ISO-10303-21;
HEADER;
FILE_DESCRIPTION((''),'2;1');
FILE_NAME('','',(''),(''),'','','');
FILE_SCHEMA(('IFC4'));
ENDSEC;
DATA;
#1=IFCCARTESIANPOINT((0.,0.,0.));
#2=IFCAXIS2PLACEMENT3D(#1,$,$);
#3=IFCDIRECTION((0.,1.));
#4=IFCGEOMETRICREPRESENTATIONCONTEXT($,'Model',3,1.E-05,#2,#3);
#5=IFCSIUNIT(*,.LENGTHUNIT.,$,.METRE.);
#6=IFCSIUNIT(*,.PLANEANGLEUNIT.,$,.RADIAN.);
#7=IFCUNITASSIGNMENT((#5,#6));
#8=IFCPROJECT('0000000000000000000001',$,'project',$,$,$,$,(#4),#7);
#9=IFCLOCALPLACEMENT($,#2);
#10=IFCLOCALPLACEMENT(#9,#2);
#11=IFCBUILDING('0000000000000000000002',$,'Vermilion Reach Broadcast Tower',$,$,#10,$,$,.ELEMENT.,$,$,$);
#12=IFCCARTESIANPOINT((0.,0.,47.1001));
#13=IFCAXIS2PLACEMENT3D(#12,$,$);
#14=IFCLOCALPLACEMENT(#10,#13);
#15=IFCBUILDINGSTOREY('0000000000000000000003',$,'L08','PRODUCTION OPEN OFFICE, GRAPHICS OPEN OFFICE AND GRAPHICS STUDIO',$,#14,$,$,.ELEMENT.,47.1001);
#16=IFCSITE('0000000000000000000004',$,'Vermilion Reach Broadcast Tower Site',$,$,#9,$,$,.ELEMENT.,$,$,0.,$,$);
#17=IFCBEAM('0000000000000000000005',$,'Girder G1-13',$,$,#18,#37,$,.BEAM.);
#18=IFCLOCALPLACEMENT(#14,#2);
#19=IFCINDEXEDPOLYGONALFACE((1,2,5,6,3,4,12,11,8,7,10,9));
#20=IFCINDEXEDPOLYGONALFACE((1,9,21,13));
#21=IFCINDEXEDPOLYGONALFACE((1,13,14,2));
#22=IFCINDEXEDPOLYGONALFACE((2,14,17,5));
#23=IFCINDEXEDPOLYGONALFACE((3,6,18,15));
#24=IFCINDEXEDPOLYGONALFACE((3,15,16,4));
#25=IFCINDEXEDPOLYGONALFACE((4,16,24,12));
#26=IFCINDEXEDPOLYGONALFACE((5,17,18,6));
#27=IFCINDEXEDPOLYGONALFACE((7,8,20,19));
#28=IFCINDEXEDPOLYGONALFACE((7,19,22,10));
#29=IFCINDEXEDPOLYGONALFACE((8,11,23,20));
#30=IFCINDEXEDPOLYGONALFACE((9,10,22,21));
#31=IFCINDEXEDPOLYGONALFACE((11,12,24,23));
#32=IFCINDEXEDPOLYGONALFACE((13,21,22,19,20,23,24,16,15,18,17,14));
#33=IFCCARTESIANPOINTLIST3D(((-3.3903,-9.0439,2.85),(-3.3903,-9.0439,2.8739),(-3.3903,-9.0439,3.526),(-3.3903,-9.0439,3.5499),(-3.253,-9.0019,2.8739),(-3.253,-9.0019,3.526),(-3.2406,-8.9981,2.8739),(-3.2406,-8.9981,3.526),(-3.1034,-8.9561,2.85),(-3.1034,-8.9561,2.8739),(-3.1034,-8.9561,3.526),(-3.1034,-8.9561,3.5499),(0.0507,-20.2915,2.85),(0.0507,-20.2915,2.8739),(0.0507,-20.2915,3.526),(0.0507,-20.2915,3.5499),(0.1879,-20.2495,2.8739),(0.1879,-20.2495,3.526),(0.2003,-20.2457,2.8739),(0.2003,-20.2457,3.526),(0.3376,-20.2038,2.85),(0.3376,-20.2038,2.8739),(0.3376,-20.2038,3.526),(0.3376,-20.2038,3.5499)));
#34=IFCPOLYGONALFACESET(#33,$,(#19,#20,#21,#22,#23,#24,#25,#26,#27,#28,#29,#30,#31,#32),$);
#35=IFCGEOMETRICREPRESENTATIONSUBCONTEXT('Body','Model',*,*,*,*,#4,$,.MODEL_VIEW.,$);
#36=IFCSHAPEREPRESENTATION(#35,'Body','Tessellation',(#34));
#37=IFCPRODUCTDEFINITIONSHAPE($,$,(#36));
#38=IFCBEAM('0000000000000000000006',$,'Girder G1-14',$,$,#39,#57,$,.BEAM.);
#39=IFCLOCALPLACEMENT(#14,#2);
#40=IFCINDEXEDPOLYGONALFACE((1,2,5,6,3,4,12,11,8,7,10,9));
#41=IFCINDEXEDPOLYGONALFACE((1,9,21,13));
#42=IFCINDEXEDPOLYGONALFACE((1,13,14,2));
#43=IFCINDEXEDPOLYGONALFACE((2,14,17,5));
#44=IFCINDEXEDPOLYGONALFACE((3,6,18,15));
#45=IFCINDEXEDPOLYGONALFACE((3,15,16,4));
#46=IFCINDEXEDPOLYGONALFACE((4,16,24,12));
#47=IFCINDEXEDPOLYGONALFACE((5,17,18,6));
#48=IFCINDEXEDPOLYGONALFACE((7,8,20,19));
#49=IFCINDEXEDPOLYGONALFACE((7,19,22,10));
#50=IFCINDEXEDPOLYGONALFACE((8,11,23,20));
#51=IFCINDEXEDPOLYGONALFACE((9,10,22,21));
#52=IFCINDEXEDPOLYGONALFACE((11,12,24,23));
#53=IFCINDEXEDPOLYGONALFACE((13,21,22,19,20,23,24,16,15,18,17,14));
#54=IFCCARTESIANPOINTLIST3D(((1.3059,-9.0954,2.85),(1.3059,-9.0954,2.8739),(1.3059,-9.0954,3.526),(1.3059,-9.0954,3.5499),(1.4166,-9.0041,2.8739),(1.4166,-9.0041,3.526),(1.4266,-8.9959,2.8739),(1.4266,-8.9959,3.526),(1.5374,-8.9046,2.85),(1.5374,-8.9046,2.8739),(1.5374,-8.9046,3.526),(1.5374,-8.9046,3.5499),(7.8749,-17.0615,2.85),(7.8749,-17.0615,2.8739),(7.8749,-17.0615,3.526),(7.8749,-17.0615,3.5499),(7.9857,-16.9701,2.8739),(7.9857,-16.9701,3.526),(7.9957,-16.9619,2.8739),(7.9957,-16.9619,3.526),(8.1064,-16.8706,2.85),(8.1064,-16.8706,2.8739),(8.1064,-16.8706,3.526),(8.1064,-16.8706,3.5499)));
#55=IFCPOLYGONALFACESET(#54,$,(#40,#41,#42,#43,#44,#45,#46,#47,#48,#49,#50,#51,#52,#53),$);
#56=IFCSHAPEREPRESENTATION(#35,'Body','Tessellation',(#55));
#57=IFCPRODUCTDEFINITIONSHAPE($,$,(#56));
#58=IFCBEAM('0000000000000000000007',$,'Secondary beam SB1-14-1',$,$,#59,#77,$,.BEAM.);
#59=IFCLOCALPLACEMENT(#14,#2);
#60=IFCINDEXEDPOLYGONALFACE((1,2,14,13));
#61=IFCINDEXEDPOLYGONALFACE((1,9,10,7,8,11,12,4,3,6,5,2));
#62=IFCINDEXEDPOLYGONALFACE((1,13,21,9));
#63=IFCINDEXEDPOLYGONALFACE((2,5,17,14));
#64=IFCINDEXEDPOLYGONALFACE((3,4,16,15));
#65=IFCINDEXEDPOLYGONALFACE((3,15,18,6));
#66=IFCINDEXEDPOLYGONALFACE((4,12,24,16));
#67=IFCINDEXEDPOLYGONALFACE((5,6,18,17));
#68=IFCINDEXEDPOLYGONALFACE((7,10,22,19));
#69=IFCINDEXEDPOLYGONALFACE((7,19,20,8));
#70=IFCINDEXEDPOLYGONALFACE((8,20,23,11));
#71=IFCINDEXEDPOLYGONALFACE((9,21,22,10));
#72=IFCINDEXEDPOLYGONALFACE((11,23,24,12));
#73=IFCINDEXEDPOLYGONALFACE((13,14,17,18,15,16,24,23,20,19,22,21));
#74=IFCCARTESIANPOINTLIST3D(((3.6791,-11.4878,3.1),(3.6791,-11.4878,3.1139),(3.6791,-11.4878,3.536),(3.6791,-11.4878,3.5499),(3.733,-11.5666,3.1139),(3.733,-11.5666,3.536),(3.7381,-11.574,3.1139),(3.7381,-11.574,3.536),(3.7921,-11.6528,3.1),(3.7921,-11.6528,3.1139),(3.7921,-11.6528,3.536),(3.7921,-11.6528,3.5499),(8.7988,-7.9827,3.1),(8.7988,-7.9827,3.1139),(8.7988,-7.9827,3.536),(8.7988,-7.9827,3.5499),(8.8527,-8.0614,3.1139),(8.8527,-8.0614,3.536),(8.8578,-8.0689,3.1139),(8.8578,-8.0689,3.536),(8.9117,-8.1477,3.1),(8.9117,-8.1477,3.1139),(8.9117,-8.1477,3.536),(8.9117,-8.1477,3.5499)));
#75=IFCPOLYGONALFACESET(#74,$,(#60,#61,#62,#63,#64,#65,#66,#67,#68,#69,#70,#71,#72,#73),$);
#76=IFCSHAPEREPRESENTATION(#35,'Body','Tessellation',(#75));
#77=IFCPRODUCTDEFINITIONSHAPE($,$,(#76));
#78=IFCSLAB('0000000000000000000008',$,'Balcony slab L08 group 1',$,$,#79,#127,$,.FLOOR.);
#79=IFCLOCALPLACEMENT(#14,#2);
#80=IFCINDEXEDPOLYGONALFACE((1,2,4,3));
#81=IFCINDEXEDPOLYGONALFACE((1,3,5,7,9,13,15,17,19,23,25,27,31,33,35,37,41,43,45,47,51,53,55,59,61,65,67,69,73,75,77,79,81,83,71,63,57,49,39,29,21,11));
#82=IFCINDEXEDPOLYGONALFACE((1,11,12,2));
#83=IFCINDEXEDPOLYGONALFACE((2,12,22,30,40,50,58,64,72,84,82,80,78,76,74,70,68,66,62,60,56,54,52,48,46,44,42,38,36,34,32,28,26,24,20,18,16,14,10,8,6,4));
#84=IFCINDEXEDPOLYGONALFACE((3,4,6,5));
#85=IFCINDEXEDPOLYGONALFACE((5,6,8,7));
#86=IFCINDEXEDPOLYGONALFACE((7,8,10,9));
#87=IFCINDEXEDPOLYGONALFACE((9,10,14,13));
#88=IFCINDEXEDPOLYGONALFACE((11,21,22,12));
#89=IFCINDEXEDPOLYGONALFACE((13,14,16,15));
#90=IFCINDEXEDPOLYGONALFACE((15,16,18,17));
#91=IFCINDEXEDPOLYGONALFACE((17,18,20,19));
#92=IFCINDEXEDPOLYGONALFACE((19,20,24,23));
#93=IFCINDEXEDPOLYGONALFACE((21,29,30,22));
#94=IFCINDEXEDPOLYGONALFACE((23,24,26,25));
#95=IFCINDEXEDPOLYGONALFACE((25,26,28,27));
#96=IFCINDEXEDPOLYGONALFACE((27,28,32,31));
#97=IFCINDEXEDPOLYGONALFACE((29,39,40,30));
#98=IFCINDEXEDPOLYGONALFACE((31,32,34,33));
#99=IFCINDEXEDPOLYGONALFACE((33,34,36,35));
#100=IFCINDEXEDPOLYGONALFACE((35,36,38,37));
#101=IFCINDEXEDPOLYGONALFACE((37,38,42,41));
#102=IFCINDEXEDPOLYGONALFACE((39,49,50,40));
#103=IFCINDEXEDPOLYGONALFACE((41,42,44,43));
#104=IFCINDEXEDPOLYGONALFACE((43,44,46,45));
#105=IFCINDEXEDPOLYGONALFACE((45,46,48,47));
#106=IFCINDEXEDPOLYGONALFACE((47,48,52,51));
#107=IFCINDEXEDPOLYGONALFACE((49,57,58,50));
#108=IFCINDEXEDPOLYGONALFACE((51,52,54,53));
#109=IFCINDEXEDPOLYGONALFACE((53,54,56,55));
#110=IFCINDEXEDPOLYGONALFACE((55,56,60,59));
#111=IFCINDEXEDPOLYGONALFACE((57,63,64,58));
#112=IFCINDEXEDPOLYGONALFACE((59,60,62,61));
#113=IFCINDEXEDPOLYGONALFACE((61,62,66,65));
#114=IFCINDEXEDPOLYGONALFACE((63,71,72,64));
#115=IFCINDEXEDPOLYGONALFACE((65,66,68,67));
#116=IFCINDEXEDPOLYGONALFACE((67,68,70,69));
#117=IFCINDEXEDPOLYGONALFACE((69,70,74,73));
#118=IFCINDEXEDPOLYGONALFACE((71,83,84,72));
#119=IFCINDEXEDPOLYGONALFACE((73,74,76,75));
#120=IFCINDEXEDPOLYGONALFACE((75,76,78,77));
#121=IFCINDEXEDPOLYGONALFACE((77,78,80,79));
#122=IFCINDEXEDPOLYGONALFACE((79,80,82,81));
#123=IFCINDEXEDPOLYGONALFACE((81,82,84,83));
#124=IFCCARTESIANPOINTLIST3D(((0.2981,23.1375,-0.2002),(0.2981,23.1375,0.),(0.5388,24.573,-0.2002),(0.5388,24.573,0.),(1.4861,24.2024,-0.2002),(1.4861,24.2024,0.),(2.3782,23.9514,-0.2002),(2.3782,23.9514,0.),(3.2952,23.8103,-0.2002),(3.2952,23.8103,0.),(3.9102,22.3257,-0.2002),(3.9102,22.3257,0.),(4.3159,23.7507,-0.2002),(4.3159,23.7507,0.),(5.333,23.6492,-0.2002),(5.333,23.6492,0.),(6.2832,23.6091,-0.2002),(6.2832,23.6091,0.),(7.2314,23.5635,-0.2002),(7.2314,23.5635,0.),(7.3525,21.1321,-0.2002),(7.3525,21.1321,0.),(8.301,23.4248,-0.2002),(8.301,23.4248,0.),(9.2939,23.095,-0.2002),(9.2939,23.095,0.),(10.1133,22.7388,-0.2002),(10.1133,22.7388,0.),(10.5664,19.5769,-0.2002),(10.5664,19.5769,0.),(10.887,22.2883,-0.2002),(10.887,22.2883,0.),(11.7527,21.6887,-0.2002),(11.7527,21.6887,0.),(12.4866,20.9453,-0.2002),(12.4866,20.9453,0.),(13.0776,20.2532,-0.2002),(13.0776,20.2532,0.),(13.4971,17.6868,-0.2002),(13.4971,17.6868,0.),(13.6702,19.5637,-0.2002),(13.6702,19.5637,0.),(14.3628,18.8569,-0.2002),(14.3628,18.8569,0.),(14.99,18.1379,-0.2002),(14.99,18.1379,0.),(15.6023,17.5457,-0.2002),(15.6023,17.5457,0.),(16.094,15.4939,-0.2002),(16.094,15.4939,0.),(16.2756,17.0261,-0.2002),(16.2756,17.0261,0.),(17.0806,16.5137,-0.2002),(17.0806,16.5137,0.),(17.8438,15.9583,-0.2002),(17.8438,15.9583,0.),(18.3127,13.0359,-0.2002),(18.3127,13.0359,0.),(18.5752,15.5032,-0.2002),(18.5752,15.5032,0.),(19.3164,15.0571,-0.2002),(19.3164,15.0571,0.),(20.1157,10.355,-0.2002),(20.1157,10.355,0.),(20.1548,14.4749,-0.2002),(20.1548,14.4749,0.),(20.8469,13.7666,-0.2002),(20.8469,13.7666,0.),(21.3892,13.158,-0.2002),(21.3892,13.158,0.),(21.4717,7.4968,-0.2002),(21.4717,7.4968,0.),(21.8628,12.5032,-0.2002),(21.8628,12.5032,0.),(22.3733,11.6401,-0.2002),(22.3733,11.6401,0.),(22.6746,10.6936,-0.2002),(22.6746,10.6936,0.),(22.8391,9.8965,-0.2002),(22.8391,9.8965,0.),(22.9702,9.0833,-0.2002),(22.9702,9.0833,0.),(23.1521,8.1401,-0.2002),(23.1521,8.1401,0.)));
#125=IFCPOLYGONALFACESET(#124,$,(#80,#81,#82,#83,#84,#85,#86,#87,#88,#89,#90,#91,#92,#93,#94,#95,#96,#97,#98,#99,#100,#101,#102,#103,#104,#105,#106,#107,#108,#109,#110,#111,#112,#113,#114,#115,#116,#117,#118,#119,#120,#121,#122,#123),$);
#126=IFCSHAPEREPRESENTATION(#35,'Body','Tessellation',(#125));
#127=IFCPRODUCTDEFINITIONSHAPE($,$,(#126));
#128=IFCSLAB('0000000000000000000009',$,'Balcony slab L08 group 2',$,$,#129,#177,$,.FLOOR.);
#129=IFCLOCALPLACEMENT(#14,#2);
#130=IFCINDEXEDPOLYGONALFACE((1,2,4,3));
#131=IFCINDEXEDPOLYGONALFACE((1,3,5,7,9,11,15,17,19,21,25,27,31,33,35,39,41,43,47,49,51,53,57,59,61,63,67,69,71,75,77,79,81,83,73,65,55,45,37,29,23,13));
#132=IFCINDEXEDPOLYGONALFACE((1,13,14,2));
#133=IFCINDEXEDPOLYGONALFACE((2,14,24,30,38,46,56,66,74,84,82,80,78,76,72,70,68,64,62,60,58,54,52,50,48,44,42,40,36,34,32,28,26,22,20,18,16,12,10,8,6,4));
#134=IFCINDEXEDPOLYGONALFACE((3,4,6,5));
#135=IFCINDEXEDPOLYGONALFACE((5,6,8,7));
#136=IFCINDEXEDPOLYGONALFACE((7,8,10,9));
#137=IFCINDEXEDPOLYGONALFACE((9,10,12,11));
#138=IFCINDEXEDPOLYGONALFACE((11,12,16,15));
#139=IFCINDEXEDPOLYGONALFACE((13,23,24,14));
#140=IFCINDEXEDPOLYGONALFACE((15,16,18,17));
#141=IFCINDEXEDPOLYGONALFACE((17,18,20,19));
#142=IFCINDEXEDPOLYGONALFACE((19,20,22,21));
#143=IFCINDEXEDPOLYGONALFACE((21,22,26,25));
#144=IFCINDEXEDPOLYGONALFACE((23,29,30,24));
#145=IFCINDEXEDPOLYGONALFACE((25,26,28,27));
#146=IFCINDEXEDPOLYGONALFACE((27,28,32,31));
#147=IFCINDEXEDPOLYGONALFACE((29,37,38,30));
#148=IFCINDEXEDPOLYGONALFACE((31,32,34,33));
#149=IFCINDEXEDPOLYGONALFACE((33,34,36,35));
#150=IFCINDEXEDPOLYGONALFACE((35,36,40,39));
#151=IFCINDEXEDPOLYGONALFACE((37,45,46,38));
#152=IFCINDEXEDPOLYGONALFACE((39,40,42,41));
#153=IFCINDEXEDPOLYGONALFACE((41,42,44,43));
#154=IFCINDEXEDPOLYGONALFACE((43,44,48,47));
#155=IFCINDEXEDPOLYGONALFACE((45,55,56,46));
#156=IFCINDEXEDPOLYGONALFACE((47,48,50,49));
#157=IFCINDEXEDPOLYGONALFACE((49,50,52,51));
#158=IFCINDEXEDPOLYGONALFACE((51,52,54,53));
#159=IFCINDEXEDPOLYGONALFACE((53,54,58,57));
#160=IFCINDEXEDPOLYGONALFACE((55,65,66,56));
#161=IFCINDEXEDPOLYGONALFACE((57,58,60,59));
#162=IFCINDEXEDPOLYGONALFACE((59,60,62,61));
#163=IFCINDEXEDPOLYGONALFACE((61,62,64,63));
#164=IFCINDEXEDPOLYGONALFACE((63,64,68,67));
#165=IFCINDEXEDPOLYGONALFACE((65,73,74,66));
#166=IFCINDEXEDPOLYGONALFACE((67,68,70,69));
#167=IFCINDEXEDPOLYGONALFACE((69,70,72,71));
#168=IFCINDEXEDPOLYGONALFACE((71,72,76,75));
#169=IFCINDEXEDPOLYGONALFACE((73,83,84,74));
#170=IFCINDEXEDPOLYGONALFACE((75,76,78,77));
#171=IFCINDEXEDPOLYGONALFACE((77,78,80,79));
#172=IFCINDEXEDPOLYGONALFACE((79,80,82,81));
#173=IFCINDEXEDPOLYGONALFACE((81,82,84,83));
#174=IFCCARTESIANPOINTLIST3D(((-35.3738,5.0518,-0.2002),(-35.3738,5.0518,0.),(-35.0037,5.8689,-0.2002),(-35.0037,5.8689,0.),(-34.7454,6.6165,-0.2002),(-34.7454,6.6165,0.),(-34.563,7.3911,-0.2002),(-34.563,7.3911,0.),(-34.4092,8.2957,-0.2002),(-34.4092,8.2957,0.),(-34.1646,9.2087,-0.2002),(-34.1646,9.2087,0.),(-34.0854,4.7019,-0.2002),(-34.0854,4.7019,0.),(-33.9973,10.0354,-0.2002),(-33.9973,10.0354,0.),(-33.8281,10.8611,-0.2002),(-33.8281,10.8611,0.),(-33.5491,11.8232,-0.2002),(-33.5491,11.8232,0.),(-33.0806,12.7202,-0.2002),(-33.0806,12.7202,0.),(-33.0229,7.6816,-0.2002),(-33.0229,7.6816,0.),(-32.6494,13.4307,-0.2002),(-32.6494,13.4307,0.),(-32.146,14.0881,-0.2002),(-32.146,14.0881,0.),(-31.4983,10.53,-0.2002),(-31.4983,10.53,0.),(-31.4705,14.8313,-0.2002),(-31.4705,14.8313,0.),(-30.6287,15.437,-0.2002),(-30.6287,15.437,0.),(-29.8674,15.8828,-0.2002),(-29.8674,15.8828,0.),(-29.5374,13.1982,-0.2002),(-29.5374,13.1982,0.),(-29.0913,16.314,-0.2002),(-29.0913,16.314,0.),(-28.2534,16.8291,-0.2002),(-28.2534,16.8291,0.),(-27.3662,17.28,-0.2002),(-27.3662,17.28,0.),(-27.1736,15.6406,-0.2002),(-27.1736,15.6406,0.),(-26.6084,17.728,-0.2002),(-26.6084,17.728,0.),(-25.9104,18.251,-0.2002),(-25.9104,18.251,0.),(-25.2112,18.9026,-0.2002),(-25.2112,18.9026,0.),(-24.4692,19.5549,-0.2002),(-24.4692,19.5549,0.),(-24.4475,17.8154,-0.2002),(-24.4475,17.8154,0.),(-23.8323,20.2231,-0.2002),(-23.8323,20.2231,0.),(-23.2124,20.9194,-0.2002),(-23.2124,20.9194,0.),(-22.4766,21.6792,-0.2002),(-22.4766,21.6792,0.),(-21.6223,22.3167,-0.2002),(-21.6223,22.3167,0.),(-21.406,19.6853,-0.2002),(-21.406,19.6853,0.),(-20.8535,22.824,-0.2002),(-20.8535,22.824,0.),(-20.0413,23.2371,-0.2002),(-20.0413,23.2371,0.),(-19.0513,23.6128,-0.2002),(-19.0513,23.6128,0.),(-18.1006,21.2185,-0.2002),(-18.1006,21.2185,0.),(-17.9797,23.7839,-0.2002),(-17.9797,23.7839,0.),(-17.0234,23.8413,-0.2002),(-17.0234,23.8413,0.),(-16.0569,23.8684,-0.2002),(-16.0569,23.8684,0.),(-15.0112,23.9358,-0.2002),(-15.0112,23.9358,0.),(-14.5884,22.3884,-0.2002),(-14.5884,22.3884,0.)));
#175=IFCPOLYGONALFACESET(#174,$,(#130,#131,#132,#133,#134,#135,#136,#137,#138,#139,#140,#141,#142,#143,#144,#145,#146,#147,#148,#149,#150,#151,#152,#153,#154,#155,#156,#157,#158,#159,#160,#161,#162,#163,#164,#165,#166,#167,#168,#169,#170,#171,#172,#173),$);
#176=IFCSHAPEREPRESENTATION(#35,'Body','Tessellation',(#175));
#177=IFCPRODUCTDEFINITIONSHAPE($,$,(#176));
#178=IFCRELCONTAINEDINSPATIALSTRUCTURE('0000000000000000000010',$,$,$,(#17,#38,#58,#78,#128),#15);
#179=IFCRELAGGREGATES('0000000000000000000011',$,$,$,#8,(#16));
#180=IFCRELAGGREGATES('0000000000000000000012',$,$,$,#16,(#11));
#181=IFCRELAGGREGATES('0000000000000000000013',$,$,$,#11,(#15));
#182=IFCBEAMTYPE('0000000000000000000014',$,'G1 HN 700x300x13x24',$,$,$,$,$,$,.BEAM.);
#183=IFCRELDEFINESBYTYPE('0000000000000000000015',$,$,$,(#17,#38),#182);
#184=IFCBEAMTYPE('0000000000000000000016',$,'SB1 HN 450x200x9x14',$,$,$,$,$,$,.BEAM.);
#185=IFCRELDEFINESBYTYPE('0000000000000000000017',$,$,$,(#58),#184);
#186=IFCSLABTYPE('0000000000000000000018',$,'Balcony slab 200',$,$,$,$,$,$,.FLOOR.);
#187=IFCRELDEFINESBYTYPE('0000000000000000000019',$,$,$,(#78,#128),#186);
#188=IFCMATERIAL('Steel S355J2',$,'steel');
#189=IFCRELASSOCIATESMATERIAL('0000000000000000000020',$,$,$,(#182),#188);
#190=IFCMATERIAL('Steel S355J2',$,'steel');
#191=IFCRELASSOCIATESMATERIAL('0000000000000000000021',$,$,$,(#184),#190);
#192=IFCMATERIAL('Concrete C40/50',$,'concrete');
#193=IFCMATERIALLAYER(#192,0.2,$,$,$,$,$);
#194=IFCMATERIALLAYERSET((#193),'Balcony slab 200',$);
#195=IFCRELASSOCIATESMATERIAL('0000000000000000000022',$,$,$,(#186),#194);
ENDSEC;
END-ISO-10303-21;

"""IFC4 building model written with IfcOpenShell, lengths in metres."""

from ifc_helpers import new_model, si_unit, direction, frame, origin, origin_2d, place, context, subcontext, project, spatial, polyline, i_section, outline, extrude, material, layer, layer_set, material_profile, profile_set, type_object, element, save


model = new_model("IFC4")

# Units and contexts
model_context = context("Model", 3, precision=1e-05, world=origin(), true_north=direction((0.0, 1.0)))
body_context = subcontext(model_context, "Body", "Model", "MODEL_VIEW")
ifc_project = project(units=[si_unit("LENGTHUNIT", "METRE"), si_unit("PLANEANGLEUNIT", "RADIAN")], contexts=[model_context])

# Site, building, storey
site_placement = place(None, origin())
site = spatial("IfcSite", under=ifc_project, at=site_placement, Name="Vermilion Reach Broadcast Tower Site", CompositionType="ELEMENT", RefElevation=0.0)
building_placement = place(site_placement, origin())
building = spatial("IfcBuilding", under=site, at=building_placement, Name="Vermilion Reach Broadcast Tower", CompositionType="ELEMENT")
storey_placement = place(building_placement, frame((0.0, 0.0, 47.1001)))
storey = spatial("IfcBuildingStorey", under=building, at=storey_placement, Name="L08", Description="PRODUCTION OPEN OFFICE, GRAPHICS OPEN OFFICE AND GRAPHICS STUDIO", CompositionType="ELEMENT", Elevation=47.1001)

# Beams
ifc_material_1 = material(Name="Steel S355J2", Category="steel")
ifc_material_profile_1 = material_profile(ifc_material_1, i_section(OverallWidth=0.3, OverallDepth=0.7, WebThickness=0.0129, FlangeThickness=0.0239, at=origin_2d()), Name="S355J2 HN 700x300x13x24")
ifc_profile_set_1 = profile_set([ifc_material_profile_1], Name="Steel S355J2")
beam_type_1 = type_object("IfcBeamType", Name="G1 HN 700x300x13x24", PredefinedType="BEAM", material=ifc_profile_set_1)
beam_1_placement = place(storey_placement, frame((-3.2468, -9.0, 3.2), z_axis=(0.292542, -0.956253, 0.0), x_axis=(0.956253, 0.292542, 0.0)))
element("IfcBeam", 1, at=beam_1_placement, inside=storey, type_object=beam_type_1, Name="Girder G1-13", PredefinedType="BEAM", context=body_context, shape_type="SweptSolid", body=[
    extrude(i_section(OverallWidth=0.3, OverallDepth=0.7, WebThickness=0.0129, FlangeThickness=0.0239, at=origin_2d()), origin(), (0.0, 0.0, 1.0), 11.7622),
])
beam_2_placement = place(storey_placement, frame((1.4216, -9.0, 3.2), z_axis=(0.636215, -0.771512, 0.0), x_axis=(0.771512, 0.636215, 0.0)))
element("IfcBeam", 2, at=beam_2_placement, inside=storey, type_object=beam_type_1, Name="Girder G1-14", PredefinedType="BEAM", context=body_context, shape_type="SweptSolid", body=[
    extrude(i_section(OverallWidth=0.3, OverallDepth=0.7, WebThickness=0.0129, FlangeThickness=0.0239, at=origin_2d()), origin(), (0.0, 0.0, 1.0), 10.3252),
])
ifc_material_2 = material(Name="Steel S355J2", Category="steel")
ifc_material_profile_2 = material_profile(ifc_material_2, i_section(OverallWidth=0.2, OverallDepth=0.45, WebThickness=0.009, FlangeThickness=0.0139, at=origin_2d()), Name="S355J2 HN 450x200x9x14")
ifc_profile_set_2 = profile_set([ifc_material_profile_2], Name="Steel S355J2")
beam_type_2 = type_object("IfcBeamType", Name="SB1 HN 450x200x9x14", PredefinedType="BEAM", material=ifc_profile_set_2)
beam_3_placement = place(storey_placement, frame((3.7356, -11.5703, 3.325), z_axis=(0.82514, 0.564928, 0.0), x_axis=(-0.564928, 0.82514, 0.0)))
element("IfcBeam", 3, at=beam_3_placement, inside=storey, type_object=beam_type_2, Name="Secondary beam SB1-14-1", PredefinedType="BEAM", context=body_context, shape_type="SweptSolid", body=[
    extrude(i_section(OverallWidth=0.2, OverallDepth=0.45, WebThickness=0.009, FlangeThickness=0.0139, at=origin_2d()), origin(), (0.0, 0.0, 1.0), 6.2046),
])

# Slabs
ifc_material_3 = material(Name="Concrete C40/50", Category="concrete")
ifc_layer_1 = layer(ifc_material_3, 0.2)
ifc_layer_set_1 = layer_set([ifc_layer_1], Name="Balcony slab 200")
slab_type_1 = type_object("IfcSlabType", Name="Balcony slab 200", PredefinedType="FLOOR", material=ifc_layer_set_1)
placement = place(storey_placement, frame((0.0, 0.0, -0.2002)))
element("IfcSlab", 4, at=placement, inside=storey, type_object=slab_type_1, Name="Balcony slab L08 group 1", PredefinedType="FLOOR", context=body_context, shape_type="SweptSolid", body=[
    extrude(outline(polyline([(21.4717, 7.4968), (20.1157, 10.355), (18.3127, 13.0359), (16.094, 15.4939), (13.4971, 17.6868), (10.5664, 19.5769), (7.3525, 21.1321), (3.9102, 22.3257), (0.2981, 23.1375), (0.5388, 24.573), (1.4861, 24.2024), (2.3782, 23.9514), (3.2952, 23.8103), (4.3159, 23.7507), (5.333, 23.6492), (6.2832, 23.6091), (7.2314, 23.5635), (8.301, 23.4248), (9.2939, 23.095), (10.1133, 22.7388), (10.887, 22.2883), (11.7527, 21.6887), (12.4866, 20.9453), (13.0776, 20.2532), (13.6702, 19.5637), (14.3628, 18.8569), (14.99, 18.1379), (15.6023, 17.5457), (16.2756, 17.0261), (17.0806, 16.5137), (17.8438, 15.9583), (18.5752, 15.5032), (19.3164, 15.0571), (20.1548, 14.4749), (20.8469, 13.7666), (21.3892, 13.158), (21.8628, 12.5032), (22.3733, 11.6401), (22.6746, 10.6936), (22.8391, 9.8965), (22.9702, 9.0833), (23.1521, 8.1401), (21.4717, 7.4968)])), origin(), (0.0, 0.0, 1.0), 0.2002),
])
element("IfcSlab", 5, at=placement, inside=storey, type_object=slab_type_1, Name="Balcony slab L08 group 2", PredefinedType="FLOOR", context=body_context, shape_type="SweptSolid", body=[
    extrude(outline(polyline([(-14.5884, 22.3884), (-18.1006, 21.2185), (-21.406, 19.6853), (-24.4475, 17.8154), (-27.1736, 15.6406), (-29.5374, 13.1982), (-31.4983, 10.53), (-33.0229, 7.6816), (-34.0854, 4.7019), (-35.3738, 5.0518), (-35.0037, 5.8689), (-34.7454, 6.6165), (-34.563, 7.3911), (-34.4092, 8.2957), (-34.1646, 9.2087), (-33.9973, 10.0354), (-33.8281, 10.8611), (-33.5491, 11.8232), (-33.0806, 12.7202), (-32.6494, 13.4307), (-32.146, 14.0881), (-31.4705, 14.8313), (-30.6287, 15.437), (-29.8674, 15.8828), (-29.0913, 16.314), (-28.2534, 16.8291), (-27.3662, 17.28), (-26.6084, 17.728), (-25.9104, 18.251), (-25.2112, 18.9026), (-24.4692, 19.5549), (-23.8323, 20.2231), (-23.2124, 20.9194), (-22.4766, 21.6792), (-21.6223, 22.3167), (-20.8535, 22.824), (-20.0413, 23.2371), (-19.0513, 23.6128), (-17.9797, 23.7839), (-17.0234, 23.8413), (-16.0569, 23.8684), (-15.0112, 23.9358), (-14.5884, 22.3884)])), origin(), (0.0, 0.0, 1.0), 0.2002),
])

save(model, "model.ifc")
